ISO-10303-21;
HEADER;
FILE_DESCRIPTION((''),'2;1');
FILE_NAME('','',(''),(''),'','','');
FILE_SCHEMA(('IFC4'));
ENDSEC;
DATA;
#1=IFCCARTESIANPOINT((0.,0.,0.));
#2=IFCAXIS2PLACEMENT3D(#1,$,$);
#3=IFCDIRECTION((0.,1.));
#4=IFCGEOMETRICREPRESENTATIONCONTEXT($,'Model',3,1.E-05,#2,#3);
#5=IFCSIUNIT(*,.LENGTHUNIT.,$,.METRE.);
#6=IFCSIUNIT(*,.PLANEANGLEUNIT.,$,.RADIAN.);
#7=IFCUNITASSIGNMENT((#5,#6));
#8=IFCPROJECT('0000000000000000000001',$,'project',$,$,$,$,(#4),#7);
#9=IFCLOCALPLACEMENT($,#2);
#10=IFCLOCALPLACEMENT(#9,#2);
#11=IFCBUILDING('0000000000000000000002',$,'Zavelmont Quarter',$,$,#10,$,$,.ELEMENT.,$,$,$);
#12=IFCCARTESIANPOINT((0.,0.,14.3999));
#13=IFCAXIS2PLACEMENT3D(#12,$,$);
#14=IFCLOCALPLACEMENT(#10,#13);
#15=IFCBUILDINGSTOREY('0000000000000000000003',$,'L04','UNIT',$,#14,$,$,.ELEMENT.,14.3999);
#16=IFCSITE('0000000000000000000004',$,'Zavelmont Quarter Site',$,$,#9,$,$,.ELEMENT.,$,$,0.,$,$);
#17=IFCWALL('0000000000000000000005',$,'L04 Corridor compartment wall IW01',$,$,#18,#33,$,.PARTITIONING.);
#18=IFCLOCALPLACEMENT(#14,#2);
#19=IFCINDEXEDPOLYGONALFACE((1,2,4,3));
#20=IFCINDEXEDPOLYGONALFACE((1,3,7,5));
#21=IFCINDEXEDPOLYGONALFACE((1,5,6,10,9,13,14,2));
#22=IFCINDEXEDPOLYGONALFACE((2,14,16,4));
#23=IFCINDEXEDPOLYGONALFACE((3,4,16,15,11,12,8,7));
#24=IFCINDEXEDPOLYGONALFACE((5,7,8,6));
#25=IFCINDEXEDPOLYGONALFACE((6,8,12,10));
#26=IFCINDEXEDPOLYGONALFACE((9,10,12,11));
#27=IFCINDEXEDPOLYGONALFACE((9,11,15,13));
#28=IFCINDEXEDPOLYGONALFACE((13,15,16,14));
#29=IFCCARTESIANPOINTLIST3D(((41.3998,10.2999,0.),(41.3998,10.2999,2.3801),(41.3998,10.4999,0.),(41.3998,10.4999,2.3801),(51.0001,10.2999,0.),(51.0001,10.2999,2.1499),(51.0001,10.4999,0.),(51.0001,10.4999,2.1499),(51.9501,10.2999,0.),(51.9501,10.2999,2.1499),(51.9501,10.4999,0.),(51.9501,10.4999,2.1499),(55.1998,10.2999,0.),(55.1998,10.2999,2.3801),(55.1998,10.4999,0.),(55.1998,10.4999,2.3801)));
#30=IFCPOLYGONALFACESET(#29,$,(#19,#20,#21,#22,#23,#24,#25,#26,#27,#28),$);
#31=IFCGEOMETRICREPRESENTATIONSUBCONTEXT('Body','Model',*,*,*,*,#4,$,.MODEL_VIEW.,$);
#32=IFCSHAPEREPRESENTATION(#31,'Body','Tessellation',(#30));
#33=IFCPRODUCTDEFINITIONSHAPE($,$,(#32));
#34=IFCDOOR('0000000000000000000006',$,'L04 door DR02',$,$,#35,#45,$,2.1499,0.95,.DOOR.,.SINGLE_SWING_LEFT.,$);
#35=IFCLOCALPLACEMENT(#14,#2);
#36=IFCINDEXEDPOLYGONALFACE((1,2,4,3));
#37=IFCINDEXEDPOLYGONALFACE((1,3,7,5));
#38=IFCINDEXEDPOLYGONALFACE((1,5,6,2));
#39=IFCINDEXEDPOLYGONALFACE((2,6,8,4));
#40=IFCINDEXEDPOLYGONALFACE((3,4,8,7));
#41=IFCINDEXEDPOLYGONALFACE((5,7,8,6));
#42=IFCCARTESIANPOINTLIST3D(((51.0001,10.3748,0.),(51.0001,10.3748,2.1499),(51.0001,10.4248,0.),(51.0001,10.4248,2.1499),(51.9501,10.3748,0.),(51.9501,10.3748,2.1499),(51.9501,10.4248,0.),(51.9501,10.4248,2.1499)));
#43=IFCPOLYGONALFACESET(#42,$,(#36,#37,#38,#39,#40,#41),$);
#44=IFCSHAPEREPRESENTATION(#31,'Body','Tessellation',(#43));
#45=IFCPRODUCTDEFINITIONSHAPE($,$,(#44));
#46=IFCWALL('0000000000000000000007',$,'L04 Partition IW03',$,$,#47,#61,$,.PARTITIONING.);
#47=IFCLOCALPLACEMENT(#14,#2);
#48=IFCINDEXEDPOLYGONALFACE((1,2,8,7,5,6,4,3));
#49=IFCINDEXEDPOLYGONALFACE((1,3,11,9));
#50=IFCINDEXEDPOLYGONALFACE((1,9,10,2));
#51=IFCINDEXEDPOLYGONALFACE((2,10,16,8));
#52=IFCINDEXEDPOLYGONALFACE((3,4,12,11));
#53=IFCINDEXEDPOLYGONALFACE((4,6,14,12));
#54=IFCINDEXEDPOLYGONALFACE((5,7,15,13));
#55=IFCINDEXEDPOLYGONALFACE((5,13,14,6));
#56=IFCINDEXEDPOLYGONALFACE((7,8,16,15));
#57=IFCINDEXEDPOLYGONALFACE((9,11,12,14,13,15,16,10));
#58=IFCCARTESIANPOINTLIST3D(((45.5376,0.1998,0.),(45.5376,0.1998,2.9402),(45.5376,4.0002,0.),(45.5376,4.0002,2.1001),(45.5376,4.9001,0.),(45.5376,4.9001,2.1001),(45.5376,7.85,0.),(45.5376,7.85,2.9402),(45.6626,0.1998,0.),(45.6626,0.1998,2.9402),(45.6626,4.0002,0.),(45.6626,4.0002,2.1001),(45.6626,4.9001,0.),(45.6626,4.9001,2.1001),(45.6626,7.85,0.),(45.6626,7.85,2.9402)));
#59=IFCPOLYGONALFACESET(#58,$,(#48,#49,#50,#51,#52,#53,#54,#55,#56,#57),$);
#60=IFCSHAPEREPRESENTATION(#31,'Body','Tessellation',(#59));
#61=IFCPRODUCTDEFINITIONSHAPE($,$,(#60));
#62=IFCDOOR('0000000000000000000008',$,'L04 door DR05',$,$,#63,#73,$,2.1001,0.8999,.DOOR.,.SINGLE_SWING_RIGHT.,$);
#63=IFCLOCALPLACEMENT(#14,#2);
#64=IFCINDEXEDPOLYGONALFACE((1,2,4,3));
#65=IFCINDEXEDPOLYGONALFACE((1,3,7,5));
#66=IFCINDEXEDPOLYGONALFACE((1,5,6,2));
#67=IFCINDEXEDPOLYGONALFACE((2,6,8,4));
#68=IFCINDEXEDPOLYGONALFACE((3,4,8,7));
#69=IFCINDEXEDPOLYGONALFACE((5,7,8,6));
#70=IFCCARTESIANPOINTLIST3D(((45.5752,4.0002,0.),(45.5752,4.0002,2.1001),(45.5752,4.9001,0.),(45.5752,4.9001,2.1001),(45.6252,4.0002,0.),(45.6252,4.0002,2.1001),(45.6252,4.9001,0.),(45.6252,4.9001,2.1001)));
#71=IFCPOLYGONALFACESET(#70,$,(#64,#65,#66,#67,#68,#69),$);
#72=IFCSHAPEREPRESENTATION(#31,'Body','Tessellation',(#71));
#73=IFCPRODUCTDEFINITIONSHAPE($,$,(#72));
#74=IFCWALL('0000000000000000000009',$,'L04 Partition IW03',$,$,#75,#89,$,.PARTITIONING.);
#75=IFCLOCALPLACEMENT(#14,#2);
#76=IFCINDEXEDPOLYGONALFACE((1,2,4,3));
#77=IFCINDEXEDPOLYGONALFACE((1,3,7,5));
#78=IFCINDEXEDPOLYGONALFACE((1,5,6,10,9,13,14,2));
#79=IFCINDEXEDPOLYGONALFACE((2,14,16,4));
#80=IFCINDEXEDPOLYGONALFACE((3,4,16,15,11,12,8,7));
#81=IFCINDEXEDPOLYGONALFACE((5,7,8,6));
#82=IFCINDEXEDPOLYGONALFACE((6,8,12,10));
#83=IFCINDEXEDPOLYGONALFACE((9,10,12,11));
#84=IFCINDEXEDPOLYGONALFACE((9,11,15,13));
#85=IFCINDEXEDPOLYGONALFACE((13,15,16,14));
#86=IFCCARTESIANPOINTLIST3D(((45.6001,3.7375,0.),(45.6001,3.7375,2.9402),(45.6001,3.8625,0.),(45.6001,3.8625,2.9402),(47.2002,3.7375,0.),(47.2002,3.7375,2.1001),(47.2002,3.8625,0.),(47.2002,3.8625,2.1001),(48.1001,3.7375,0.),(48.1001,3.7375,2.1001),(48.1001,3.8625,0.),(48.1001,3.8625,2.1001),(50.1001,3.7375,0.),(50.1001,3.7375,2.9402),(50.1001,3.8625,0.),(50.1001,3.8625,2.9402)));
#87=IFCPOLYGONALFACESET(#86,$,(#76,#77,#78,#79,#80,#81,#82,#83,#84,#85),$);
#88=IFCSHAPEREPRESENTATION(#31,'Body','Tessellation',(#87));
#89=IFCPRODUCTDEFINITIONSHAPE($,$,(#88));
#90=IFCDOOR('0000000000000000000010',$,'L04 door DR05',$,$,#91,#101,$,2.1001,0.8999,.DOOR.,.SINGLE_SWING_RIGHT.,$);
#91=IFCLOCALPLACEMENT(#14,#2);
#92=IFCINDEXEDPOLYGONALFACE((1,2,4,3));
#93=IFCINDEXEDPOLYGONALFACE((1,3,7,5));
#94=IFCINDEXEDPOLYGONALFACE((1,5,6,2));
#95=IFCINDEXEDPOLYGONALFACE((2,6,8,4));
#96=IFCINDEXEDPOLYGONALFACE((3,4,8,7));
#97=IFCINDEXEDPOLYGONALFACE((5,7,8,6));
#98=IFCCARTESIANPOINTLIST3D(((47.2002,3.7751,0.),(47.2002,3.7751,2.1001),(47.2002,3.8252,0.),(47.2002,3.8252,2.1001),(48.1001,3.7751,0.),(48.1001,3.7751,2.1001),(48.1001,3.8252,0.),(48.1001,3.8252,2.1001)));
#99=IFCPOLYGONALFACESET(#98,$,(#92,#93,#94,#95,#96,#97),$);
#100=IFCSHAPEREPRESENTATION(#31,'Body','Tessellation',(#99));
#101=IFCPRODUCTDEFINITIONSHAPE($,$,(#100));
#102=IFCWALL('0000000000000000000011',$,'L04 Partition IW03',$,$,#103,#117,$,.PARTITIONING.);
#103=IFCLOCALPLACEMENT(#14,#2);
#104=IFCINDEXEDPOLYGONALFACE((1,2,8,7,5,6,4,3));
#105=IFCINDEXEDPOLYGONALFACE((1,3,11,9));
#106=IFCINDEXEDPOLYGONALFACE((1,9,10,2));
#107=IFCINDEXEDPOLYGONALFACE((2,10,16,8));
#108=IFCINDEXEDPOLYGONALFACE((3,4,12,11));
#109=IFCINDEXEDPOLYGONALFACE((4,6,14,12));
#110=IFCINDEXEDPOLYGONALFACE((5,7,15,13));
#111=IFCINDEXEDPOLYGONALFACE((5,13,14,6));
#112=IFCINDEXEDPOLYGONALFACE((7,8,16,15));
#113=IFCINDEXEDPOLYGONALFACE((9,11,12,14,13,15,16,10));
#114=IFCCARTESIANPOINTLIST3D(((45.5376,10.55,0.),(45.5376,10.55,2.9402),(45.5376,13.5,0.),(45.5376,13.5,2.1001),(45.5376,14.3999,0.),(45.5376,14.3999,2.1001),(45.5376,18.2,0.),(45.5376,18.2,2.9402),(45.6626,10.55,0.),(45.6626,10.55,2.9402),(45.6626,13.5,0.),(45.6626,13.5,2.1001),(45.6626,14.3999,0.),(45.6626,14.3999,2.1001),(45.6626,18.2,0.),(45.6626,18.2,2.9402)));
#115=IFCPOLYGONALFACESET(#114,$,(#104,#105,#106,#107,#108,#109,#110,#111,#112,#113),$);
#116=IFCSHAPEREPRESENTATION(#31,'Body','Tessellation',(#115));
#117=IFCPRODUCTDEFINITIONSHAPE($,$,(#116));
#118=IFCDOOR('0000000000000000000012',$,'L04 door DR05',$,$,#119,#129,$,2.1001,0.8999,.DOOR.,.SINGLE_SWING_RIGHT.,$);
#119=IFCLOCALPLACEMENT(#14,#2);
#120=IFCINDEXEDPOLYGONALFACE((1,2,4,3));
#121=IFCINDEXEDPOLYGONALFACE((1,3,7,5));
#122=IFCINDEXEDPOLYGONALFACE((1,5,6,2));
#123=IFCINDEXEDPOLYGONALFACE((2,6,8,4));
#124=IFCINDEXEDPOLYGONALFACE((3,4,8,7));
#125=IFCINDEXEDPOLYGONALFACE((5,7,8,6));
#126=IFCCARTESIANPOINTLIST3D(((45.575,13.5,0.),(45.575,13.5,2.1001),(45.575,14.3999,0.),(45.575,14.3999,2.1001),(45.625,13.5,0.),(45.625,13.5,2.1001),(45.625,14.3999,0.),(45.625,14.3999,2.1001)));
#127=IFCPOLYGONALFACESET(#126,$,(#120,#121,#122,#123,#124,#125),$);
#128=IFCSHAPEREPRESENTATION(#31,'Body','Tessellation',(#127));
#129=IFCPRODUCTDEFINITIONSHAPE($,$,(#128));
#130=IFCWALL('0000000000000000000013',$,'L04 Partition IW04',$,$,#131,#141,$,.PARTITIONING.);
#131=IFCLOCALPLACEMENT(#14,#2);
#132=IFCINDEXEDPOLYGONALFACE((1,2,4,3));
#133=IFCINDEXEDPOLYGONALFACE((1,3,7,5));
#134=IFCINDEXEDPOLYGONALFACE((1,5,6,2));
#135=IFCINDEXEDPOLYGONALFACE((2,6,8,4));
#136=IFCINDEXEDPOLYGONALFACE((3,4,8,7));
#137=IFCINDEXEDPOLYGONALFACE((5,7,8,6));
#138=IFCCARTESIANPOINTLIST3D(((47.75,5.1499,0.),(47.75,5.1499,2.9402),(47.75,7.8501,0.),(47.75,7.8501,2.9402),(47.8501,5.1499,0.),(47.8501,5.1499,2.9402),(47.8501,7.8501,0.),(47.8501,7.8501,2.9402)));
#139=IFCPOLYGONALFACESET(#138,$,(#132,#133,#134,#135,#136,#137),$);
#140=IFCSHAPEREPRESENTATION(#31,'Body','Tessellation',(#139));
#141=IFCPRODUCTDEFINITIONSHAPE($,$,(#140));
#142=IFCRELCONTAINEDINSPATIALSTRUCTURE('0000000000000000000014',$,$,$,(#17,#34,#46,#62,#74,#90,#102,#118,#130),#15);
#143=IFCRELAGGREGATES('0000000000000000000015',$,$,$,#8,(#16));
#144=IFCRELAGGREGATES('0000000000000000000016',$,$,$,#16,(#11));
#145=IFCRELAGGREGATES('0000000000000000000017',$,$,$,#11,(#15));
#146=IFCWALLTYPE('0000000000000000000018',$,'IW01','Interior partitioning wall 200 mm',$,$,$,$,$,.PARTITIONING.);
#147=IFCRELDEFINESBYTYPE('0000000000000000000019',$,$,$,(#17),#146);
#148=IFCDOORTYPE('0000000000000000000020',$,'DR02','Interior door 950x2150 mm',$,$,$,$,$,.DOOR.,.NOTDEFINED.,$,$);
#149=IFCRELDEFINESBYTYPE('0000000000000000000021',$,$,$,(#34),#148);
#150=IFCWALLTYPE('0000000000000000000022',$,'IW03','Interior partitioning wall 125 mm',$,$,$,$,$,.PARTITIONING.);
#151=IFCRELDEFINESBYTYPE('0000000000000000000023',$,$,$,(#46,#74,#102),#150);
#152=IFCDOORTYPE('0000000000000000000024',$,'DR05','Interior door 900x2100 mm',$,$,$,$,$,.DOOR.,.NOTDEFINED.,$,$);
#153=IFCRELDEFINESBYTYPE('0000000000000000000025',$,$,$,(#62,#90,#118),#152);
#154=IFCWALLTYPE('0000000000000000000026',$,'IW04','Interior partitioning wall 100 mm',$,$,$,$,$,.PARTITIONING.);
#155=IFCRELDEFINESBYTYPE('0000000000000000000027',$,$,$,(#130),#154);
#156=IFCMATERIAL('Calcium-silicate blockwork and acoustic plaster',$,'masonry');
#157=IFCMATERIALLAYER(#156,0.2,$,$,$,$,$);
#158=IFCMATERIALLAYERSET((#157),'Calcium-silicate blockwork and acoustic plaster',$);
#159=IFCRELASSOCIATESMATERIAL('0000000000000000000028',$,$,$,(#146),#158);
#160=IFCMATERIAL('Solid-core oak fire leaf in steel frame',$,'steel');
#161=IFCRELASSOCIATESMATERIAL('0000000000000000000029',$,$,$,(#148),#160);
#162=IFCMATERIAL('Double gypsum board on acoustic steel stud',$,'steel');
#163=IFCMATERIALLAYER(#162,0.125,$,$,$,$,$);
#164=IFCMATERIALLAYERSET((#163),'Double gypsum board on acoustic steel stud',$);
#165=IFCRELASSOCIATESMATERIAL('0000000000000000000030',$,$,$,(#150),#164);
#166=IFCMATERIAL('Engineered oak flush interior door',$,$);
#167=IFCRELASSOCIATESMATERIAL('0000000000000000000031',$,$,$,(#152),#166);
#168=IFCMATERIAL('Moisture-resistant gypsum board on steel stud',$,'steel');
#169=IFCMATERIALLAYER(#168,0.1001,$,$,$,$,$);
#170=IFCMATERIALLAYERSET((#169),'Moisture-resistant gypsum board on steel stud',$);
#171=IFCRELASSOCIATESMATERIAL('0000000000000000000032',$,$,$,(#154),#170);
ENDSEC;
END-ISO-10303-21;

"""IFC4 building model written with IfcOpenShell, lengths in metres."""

from ifc_helpers import new_model, si_unit, direction, frame, frame_2d, origin, origin_with_axes, place, context, subcontext, project, spatial, rectangle, extrude, material, layer, layer_set, type_object, element, fill, save


model = new_model("IFC4")

# Units and contexts
model_context = context("Model", 3, precision=1e-05, world=origin(), true_north=direction((0.0, 1.0)))
body_context = subcontext(model_context, "Body", "Model", "MODEL_VIEW")
ifc_project = project(units=[si_unit("LENGTHUNIT", "METRE"), si_unit("PLANEANGLEUNIT", "RADIAN")], contexts=[model_context])

# Site, building, storey
site_placement = place(None, origin())
site = spatial("IfcSite", under=ifc_project, at=site_placement, Name="Zavelmont Quarter Site", CompositionType="ELEMENT", RefElevation=0.0)
building_placement = place(site_placement, origin())
building = spatial("IfcBuilding", under=site, at=building_placement, Name="Zavelmont Quarter", CompositionType="ELEMENT")
storey_placement = place(building_placement, frame((0.0, 0.0, 14.3999)))
storey = spatial("IfcBuildingStorey", under=building, at=storey_placement, Name="L04", Description="UNIT", CompositionType="ELEMENT", Elevation=14.3999)

# Shared definitions
ifc_material_1 = material(Name="Calcium-silicate blockwork and acoustic plaster", Category="masonry")
ifc_layer_1 = layer(ifc_material_1, 0.2)
ifc_layer_set_1 = layer_set([ifc_layer_1], Name="Calcium-silicate blockwork and acoustic plaster")
wall_type_1 = type_object("IfcWallType", Name="IW01", Description="Interior partitioning wall 200 mm", PredefinedType="PARTITIONING", material=ifc_layer_set_1)

# Walls, openings, doors
ifc_material_2 = material(Name="Solid-core oak fire leaf in steel frame", Category="steel")
door_type_1 = type_object("IfcDoorType", Name="DR02", Description="Interior door 950x2150 mm", OperationType="NOTDEFINED", PredefinedType="DOOR", material=ifc_material_2)
wall_1_placement = place(storey_placement, frame((41.3999, 10.3999, 0.0), z_axis=(0.0, 0.0, 1.0), x_axis=(1.0, 0.0, 0.0)))
wall_1 = element("IfcWall", 1, at=wall_1_placement, inside=storey, type_object=wall_type_1, Name="L04 Corridor compartment wall IW01", PredefinedType="PARTITIONING", context=body_context, shape_type="SweptSolid", body=[
    extrude(rectangle(XDim=13.8, YDim=0.2, at=frame_2d((6.8999, 0.0))), origin(), (0.0, 0.0, 1.0), 2.3801),
])
opening_1_placement = place(wall_1_placement, frame((9.6001, 0.0, 0.0)))
opening_1 = element("IfcOpeningElement", 2, at=opening_1_placement, cuts=wall_1, PredefinedType="OPENING", context=body_context, shape_type="SweptSolid", body=[
    extrude(rectangle(XDim=0.95, YDim=2.1499, at=frame_2d((0.4751, 1.075))), frame((0.0, 0.1118, 0.0), z_axis=(0.0, -1.0, 0.0), x_axis=(1.0, 0.0, 0.0)), (0.0, 0.0, 1.0), 0.2239),
])
door_1_placement = place(opening_1_placement, origin_with_axes())
door_1 = element("IfcDoor", 3, at=door_1_placement, inside=storey, type_object=door_type_1, Name="L04 door DR02", OperationType="SINGLE_SWING_LEFT", OverallHeight=2.1499, OverallWidth=0.95, PredefinedType="DOOR", context=body_context, shape_type="SweptSolid", body=[
    extrude(rectangle(XDim=0.95, YDim=2.1499, at=frame_2d((0.4751, 1.075))), frame((0.0, 0.0249, 0.0), z_axis=(0.0, -1.0, 0.0), x_axis=(1.0, 0.0, 0.0)), (0.0, 0.0, 1.0), 0.05),
])
fill(opening_1, door_1)
ifc_material_3 = material(Name="Double gypsum board on acoustic steel stud", Category="steel")
ifc_layer_2 = layer(ifc_material_3, 0.125)
ifc_layer_set_2 = layer_set([ifc_layer_2], Name="Double gypsum board on acoustic steel stud")
wall_type_2 = type_object("IfcWallType", Name="IW03", Description="Interior partitioning wall 125 mm", PredefinedType="PARTITIONING", material=ifc_layer_set_2)
wall_2_placement = place(storey_placement, frame((45.6001, 7.8501, 0.0), z_axis=(0.0, 0.0, 1.0), x_axis=(0.0, -1.0, 0.0)))
wall_2 = element("IfcWall", 4, at=wall_2_placement, inside=storey, type_object=wall_type_2, Name="L04 Partition IW03", PredefinedType="PARTITIONING", context=body_context, shape_type="SweptSolid", body=[
    extrude(rectangle(XDim=7.6501, YDim=0.125, at=frame_2d((3.8252, 0.0))), origin(), (0.0, 0.0, 1.0), 2.9402),
])
opening_2_placement = place(wall_2_placement, frame((2.95, 0.0, 0.0)))
opening_2 = element("IfcOpeningElement", 5, at=opening_2_placement, cuts=wall_2, PredefinedType="OPENING", context=body_context, shape_type="SweptSolid", body=[
    extrude(rectangle(XDim=0.8999, YDim=2.1001, at=frame_2d((0.45, 1.05))), frame((0.0, 0.0745, 0.0), z_axis=(0.0, -1.0, 0.0), x_axis=(1.0, 0.0, 0.0)), (0.0, 0.0, 1.0), 0.1489),
])
ifc_material_4 = material(Name="Engineered oak flush interior door")
door_type_2 = type_object("IfcDoorType", Name="DR05", Description="Interior door 900x2100 mm", OperationType="NOTDEFINED", PredefinedType="DOOR", material=ifc_material_4)
door_2_placement = place(opening_2_placement, frame((0.8999, 0.0, 0.0), z_axis=(0.0, 0.0, 1.0), x_axis=(-1.0, 0.0, 0.0)))
door_2 = element("IfcDoor", 6, at=door_2_placement, inside=storey, type_object=door_type_2, Name="L04 door DR05", OperationType="SINGLE_SWING_RIGHT", OverallHeight=2.1001, OverallWidth=0.8999, PredefinedType="DOOR", context=body_context, shape_type="SweptSolid", body=[
    extrude(rectangle(XDim=0.8999, YDim=2.1001, at=frame_2d((0.45, 1.05))), frame((0.0, 0.0249, 0.0), z_axis=(0.0, -1.0, 0.0), x_axis=(1.0, 0.0, 0.0)), (0.0, 0.0, 1.0), 0.05),
])
fill(opening_2, door_2)
wall_3_placement = place(storey_placement, frame((45.6001, 3.8, 0.0), z_axis=(0.0, 0.0, 1.0), x_axis=(1.0, 0.0, 0.0)))
wall_3 = element("IfcWall", 7, at=wall_3_placement, inside=storey, type_object=wall_type_2, Name="L04 Partition IW03", PredefinedType="PARTITIONING", context=body_context, shape_type="SweptSolid", body=[
    extrude(rectangle(XDim=4.5, YDim=0.125, at=frame_2d((2.25, 0.0))), origin(), (0.0, 0.0, 1.0), 2.9402),
])
opening_3_placement = place(wall_3_placement, frame((1.6001, 0.0, 0.0)))
opening_3 = element("IfcOpeningElement", 8, at=opening_3_placement, cuts=wall_3, PredefinedType="OPENING", context=body_context, shape_type="SweptSolid", body=[
    extrude(rectangle(XDim=0.8999, YDim=2.1001, at=frame_2d((0.45, 1.05))), frame((0.0, 0.0745, 0.0), z_axis=(0.0, -1.0, 0.0), x_axis=(1.0, 0.0, 0.0)), (0.0, 0.0, 1.0), 0.1489),
])
door_3_placement = place(opening_3_placement, frame((0.8999, 0.0, 0.0), z_axis=(0.0, 0.0, 1.0), x_axis=(-1.0, 0.0, 0.0)))
door_3 = element("IfcDoor", 9, at=door_3_placement, inside=storey, type_object=door_type_2, Name="L04 door DR05", OperationType="SINGLE_SWING_RIGHT", OverallHeight=2.1001, OverallWidth=0.8999, PredefinedType="DOOR", context=body_context, shape_type="SweptSolid", body=[
    extrude(rectangle(XDim=0.8999, YDim=2.1001, at=frame_2d((0.45, 1.05))), frame((0.0, 0.0249, 0.0), z_axis=(0.0, -1.0, 0.0), x_axis=(1.0, 0.0, 0.0)), (0.0, 0.0, 1.0), 0.05),
])
fill(opening_3, door_3)
wall_4_placement = place(storey_placement, frame((45.6001, 10.55, 0.0), z_axis=(0.0, 0.0, 1.0), x_axis=(0.0, 1.0, 0.0)))
wall_4 = element("IfcWall", 10, at=wall_4_placement, inside=storey, type_object=wall_type_2, Name="L04 Partition IW03", PredefinedType="PARTITIONING", context=body_context, shape_type="SweptSolid", body=[
    extrude(rectangle(XDim=7.6499, YDim=0.125, at=frame_2d((3.825, 0.0))), origin(), (0.0, 0.0, 1.0), 2.9402),
])
opening_4_placement = place(wall_4_placement, frame((2.95, 0.0, 0.0)))
opening_4 = element("IfcOpeningElement", 11, at=opening_4_placement, cuts=wall_4, PredefinedType="OPENING", context=body_context, shape_type="SweptSolid", body=[
    extrude(rectangle(XDim=0.8999, YDim=2.1001, at=frame_2d((0.45, 1.05))), frame((0.0, 0.0745, 0.0), z_axis=(0.0, -1.0, 0.0), x_axis=(1.0, 0.0, 0.0)), (0.0, 0.0, 1.0), 0.1489),
])
door_4_placement = place(opening_4_placement, frame((0.8999, 0.0, 0.0), z_axis=(0.0, 0.0, 1.0), x_axis=(-1.0, 0.0, 0.0)))
door_4 = element("IfcDoor", 12, at=door_4_placement, inside=storey, type_object=door_type_2, Name="L04 door DR05", OperationType="SINGLE_SWING_RIGHT", OverallHeight=2.1001, OverallWidth=0.8999, PredefinedType="DOOR", context=body_context, shape_type="SweptSolid", body=[
    extrude(rectangle(XDim=0.8999, YDim=2.1001, at=frame_2d((0.45, 1.05))), frame((0.0, 0.0249, 0.0), z_axis=(0.0, -1.0, 0.0), x_axis=(1.0, 0.0, 0.0)), (0.0, 0.0, 1.0), 0.05),
])
fill(opening_4, door_4)

# Wall
ifc_material_5 = material(Name="Moisture-resistant gypsum board on steel stud", Category="steel")
ifc_layer_3 = layer(ifc_material_5, 0.1001)
ifc_layer_set_3 = layer_set([ifc_layer_3], Name="Moisture-resistant gypsum board on steel stud")
wall_type_3 = type_object("IfcWallType", Name="IW04", Description="Interior partitioning wall 100 mm", PredefinedType="PARTITIONING", material=ifc_layer_set_3)
wall_5_placement = place(storey_placement, frame((47.8, 7.8501, 0.0), z_axis=(0.0, 0.0, 1.0), x_axis=(0.0, -1.0, 0.0)))
element("IfcWall", 13, at=wall_5_placement, inside=storey, type_object=wall_type_3, Name="L04 Partition IW04", PredefinedType="PARTITIONING", context=body_context, shape_type="SweptSolid", body=[
    extrude(rectangle(XDim=2.7002, YDim=0.1001, at=frame_2d((1.3501, 0.0))), origin(), (0.0, 0.0, 1.0), 2.9402),
])

save(model, "model.ifc")
